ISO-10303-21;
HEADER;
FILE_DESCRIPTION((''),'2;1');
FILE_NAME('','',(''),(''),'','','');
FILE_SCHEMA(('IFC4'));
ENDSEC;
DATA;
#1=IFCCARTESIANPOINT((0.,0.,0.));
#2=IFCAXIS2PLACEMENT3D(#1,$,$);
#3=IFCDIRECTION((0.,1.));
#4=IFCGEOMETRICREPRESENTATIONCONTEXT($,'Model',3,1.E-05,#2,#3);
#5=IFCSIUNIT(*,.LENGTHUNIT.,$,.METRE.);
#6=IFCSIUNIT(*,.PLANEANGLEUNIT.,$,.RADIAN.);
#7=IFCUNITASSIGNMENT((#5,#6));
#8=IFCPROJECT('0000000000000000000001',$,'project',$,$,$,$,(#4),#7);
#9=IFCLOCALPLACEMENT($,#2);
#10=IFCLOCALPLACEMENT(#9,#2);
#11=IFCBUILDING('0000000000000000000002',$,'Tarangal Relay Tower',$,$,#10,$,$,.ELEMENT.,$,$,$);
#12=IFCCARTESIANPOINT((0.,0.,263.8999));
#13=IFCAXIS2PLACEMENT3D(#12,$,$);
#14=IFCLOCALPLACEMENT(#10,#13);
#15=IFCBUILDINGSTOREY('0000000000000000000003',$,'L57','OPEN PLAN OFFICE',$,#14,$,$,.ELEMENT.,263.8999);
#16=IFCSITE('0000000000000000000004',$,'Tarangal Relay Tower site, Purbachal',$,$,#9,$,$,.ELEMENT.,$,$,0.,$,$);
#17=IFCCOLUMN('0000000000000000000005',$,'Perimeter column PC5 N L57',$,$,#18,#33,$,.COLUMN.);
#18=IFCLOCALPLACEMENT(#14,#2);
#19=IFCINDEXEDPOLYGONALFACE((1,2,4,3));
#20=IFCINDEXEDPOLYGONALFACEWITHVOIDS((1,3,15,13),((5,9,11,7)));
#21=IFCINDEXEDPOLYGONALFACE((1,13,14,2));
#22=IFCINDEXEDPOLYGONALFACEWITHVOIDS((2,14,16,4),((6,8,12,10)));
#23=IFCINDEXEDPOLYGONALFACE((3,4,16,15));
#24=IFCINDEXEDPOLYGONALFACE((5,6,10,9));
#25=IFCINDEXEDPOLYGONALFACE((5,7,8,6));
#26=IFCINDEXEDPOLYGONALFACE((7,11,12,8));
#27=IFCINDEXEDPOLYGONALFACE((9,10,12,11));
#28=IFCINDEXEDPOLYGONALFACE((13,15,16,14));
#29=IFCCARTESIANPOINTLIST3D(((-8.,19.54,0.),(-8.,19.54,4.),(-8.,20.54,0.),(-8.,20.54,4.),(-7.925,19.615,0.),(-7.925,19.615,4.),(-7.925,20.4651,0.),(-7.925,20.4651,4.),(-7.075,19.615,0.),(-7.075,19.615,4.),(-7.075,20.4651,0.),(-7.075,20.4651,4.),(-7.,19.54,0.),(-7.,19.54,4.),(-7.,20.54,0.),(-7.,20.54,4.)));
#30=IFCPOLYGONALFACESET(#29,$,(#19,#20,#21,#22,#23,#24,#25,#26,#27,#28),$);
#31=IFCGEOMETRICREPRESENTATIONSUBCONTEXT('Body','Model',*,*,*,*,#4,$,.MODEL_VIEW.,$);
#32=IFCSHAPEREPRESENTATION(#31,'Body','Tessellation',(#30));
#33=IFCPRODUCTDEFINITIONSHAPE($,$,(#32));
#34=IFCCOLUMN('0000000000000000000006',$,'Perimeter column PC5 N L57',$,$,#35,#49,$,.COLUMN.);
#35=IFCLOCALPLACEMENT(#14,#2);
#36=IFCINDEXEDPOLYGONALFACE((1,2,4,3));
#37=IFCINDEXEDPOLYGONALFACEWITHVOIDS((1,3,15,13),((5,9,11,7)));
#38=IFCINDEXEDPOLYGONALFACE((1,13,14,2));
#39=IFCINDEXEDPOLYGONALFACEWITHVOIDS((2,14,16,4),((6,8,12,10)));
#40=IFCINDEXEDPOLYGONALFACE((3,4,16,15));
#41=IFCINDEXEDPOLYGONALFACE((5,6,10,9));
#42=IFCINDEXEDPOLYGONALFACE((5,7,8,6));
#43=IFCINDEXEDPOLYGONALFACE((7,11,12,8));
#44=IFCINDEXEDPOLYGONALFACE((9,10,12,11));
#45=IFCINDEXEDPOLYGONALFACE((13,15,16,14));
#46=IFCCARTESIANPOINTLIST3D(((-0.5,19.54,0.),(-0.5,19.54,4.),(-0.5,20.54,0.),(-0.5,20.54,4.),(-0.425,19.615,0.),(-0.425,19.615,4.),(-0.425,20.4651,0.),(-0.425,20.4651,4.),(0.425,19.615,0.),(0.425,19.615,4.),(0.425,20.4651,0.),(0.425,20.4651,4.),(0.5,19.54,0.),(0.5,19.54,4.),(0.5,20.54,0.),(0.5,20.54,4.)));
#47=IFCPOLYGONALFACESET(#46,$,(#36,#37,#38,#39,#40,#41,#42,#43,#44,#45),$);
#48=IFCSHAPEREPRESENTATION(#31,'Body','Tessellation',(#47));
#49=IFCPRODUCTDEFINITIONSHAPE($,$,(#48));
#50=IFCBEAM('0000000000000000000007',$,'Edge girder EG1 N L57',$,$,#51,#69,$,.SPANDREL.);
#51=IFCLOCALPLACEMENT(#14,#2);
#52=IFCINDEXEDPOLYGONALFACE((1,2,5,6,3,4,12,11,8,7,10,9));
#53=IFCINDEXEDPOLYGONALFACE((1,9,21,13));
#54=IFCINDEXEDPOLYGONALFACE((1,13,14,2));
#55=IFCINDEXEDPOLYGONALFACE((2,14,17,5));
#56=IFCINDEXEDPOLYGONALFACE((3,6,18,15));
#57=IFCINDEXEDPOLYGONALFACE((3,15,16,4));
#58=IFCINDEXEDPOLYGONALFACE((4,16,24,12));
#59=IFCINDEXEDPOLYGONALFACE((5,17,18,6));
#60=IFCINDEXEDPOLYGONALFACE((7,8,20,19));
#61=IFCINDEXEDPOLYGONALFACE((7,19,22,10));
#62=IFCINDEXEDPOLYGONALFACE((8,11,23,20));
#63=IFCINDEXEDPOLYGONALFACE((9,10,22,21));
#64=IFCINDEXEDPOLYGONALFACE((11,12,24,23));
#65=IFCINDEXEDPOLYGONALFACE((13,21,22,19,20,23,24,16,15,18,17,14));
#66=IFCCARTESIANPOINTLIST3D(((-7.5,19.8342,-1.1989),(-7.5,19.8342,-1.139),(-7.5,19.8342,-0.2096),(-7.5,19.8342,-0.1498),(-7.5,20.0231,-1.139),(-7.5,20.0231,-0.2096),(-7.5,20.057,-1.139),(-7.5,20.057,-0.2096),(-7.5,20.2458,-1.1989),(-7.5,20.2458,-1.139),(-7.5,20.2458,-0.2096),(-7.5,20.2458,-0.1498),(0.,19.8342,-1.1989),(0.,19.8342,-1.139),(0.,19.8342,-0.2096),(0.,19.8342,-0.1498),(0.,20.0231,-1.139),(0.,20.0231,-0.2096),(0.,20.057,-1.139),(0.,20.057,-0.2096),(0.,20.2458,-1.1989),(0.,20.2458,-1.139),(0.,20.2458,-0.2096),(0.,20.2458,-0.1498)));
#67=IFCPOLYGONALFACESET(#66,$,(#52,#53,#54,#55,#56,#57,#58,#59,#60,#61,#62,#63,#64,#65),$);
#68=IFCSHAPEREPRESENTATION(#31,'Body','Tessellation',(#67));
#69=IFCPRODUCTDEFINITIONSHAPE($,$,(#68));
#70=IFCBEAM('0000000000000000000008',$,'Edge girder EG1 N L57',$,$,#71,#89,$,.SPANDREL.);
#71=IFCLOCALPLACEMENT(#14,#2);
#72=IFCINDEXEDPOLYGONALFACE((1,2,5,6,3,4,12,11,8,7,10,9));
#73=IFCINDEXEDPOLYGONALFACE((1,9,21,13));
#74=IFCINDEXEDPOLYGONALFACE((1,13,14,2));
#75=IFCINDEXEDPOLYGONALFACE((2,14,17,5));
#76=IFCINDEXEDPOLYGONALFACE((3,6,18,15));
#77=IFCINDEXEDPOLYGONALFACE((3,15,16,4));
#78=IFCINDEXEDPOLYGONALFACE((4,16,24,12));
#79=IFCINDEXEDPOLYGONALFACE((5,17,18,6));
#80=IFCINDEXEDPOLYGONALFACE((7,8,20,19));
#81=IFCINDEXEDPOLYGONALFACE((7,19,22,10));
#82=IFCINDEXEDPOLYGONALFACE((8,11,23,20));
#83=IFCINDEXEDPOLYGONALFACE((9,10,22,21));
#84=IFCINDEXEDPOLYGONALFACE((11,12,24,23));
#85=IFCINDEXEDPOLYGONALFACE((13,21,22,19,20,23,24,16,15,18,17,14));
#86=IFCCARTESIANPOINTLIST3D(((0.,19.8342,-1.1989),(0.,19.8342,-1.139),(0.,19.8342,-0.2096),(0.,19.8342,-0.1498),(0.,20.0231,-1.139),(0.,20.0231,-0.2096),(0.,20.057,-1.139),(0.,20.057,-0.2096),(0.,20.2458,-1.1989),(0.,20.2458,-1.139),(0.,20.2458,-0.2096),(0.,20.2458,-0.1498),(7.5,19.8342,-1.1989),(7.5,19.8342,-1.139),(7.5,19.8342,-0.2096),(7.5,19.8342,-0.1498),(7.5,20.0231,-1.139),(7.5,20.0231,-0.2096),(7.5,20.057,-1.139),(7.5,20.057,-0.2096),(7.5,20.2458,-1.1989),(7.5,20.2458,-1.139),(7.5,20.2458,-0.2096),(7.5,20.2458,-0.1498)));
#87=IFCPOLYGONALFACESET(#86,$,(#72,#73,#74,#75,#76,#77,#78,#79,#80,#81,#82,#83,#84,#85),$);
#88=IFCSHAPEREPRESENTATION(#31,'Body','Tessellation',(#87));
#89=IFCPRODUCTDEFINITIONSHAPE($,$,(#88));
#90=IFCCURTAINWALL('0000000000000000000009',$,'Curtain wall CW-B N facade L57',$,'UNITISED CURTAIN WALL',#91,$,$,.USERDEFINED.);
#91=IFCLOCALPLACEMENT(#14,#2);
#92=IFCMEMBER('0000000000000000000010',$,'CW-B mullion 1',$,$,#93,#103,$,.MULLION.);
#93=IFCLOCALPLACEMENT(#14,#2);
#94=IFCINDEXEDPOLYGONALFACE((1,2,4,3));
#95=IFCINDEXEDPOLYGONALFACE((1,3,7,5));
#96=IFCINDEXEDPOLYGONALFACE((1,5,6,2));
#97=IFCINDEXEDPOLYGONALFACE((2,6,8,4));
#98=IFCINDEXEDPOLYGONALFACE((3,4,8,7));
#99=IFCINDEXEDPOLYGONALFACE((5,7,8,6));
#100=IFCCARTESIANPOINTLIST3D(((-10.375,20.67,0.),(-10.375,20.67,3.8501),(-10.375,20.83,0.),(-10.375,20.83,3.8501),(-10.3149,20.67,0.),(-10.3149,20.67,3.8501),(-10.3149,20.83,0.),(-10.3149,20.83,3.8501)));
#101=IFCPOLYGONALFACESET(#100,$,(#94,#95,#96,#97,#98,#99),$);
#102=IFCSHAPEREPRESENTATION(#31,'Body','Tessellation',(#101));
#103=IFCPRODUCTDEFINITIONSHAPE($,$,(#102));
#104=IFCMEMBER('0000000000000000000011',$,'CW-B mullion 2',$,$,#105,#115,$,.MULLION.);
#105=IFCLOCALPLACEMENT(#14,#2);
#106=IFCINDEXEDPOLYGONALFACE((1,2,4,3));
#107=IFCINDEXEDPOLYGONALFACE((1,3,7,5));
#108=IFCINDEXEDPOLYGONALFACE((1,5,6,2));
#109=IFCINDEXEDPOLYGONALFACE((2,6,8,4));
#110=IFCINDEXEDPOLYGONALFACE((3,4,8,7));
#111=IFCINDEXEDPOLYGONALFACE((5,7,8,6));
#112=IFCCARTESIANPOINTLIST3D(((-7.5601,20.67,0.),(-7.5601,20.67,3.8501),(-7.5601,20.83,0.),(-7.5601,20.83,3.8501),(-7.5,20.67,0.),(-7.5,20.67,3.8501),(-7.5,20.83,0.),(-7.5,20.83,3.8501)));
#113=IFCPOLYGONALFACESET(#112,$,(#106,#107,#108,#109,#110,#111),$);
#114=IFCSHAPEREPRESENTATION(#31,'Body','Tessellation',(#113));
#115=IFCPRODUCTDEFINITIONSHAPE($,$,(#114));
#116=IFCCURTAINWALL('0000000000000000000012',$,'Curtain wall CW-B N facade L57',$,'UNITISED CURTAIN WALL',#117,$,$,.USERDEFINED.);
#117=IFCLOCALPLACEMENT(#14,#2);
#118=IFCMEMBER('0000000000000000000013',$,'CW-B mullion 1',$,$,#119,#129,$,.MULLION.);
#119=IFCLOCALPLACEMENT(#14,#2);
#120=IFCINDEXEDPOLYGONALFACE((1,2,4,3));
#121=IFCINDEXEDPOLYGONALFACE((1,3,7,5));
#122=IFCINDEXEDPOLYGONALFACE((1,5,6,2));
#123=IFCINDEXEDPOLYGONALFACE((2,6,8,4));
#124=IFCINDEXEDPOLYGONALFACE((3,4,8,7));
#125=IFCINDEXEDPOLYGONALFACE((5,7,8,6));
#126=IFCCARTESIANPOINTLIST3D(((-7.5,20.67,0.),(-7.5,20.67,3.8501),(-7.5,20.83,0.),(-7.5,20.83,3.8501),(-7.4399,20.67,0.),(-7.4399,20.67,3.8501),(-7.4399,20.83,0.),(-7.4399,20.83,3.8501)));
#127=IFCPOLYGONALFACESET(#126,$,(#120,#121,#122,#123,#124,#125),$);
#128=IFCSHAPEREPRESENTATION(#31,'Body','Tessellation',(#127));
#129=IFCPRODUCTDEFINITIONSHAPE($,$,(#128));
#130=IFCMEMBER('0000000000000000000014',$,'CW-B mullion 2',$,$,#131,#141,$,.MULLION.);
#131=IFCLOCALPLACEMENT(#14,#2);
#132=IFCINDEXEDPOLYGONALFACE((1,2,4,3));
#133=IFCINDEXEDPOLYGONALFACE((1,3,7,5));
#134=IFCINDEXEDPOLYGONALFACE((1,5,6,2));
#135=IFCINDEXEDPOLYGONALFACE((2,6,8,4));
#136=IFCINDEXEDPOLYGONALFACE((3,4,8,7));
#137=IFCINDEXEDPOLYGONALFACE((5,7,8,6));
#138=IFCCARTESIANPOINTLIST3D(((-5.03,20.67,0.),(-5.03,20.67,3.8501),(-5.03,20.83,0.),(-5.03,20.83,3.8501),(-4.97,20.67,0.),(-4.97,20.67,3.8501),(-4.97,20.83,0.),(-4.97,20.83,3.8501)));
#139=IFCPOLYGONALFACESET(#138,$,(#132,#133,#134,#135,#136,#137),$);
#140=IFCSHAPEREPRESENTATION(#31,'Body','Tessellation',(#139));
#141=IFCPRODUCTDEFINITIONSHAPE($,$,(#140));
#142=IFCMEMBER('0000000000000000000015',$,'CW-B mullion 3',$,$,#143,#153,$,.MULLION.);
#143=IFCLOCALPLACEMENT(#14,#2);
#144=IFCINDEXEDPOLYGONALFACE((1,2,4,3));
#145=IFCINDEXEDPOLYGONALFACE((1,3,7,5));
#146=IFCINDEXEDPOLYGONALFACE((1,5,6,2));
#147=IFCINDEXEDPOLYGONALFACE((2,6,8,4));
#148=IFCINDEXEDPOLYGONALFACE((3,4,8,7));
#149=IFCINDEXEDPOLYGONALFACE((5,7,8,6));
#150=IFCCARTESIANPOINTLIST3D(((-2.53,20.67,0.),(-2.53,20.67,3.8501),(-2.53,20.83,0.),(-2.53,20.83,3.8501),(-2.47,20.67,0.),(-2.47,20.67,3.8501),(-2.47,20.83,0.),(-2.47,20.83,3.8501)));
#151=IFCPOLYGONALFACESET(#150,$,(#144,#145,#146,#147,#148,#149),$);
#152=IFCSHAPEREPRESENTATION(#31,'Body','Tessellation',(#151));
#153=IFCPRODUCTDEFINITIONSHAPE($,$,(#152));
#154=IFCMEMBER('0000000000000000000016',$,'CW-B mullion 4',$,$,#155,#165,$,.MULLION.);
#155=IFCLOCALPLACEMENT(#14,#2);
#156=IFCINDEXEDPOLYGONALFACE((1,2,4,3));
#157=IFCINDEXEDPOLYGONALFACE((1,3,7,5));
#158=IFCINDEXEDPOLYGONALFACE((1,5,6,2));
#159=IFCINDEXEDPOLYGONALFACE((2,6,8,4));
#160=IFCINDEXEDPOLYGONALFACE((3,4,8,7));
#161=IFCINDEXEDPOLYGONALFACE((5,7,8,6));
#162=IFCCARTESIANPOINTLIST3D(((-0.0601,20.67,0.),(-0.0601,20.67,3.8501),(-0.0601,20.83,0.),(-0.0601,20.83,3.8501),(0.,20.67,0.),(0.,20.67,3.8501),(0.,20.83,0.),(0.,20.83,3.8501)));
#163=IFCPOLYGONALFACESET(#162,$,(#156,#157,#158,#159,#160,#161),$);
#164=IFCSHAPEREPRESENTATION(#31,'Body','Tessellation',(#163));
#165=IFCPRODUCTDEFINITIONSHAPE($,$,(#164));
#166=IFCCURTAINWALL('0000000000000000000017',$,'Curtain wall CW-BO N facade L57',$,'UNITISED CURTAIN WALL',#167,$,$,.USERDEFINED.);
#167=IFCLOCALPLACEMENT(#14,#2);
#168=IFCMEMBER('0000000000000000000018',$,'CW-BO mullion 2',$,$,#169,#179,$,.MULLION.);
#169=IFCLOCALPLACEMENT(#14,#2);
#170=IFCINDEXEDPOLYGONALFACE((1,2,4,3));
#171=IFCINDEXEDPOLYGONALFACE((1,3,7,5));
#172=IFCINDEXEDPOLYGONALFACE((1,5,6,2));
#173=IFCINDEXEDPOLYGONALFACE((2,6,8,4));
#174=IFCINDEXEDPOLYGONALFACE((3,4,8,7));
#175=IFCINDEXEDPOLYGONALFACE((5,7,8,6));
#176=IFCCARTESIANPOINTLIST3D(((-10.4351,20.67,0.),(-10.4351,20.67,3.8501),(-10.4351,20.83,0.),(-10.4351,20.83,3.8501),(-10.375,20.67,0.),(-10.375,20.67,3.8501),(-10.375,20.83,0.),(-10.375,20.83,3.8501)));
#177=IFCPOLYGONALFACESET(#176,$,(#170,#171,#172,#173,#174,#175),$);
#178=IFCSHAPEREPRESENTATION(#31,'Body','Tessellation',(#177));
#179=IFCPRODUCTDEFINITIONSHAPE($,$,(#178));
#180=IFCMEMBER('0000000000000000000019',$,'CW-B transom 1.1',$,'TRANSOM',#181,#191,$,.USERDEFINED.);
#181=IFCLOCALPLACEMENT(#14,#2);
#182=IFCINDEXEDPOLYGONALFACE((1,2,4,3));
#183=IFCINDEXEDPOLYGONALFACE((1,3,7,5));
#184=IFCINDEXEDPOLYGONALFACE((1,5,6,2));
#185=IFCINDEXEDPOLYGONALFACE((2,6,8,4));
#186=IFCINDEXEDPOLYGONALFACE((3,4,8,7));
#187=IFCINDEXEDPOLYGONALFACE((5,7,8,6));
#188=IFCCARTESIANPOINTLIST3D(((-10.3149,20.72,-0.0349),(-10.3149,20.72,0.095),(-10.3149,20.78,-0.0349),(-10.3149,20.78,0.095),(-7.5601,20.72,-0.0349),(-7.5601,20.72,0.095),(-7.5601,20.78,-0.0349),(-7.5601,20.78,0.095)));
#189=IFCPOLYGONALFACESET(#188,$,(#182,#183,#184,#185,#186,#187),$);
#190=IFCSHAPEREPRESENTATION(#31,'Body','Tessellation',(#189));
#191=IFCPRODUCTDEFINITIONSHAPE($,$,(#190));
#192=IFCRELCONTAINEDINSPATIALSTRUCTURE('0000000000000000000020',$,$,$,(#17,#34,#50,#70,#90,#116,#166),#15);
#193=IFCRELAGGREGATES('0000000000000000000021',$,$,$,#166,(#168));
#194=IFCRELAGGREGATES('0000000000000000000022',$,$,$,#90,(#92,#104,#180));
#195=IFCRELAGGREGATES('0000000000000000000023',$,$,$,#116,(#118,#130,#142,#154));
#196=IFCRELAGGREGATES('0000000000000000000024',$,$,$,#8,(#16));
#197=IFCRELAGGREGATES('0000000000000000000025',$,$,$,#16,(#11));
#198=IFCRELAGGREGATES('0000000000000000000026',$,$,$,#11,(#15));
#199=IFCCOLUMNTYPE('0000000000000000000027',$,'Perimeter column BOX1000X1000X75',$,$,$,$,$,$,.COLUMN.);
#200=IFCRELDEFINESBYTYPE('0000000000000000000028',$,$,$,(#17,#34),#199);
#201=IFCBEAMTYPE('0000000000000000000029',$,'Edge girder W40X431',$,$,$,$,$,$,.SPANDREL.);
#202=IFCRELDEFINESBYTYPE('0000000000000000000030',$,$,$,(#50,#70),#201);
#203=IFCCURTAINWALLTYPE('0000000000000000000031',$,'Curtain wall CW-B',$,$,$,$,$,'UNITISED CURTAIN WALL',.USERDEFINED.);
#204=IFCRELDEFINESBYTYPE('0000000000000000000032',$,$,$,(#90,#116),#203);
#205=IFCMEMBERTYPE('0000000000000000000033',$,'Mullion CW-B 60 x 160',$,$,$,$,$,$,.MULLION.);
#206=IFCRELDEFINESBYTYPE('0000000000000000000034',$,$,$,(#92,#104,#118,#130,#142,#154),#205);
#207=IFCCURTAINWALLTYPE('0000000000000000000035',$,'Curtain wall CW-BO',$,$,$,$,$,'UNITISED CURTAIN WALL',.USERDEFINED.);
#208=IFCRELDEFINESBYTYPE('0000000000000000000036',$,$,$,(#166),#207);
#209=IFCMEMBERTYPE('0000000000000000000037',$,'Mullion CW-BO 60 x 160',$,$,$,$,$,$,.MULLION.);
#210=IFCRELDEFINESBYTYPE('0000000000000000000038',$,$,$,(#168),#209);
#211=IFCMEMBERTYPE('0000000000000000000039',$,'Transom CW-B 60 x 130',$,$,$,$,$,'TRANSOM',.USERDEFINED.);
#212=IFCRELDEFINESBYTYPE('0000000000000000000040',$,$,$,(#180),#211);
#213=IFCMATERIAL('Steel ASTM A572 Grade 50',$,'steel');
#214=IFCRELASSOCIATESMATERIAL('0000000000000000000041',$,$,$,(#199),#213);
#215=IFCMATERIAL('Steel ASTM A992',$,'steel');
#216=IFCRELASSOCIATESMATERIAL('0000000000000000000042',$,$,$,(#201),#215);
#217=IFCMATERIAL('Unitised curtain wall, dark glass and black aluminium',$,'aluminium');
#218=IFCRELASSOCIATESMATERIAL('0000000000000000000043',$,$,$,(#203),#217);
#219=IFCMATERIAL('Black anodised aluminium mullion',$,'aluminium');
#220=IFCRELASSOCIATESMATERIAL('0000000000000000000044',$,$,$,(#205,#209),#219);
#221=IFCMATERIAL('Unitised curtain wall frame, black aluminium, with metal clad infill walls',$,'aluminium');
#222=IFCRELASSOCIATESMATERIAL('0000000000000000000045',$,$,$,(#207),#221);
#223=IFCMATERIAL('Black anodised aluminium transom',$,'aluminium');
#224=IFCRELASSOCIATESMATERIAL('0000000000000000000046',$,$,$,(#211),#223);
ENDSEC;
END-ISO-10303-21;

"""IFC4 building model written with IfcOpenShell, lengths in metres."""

from ifc_helpers import new_model, si_unit, direction, frame, origin, origin_2d, place, context, subcontext, project, spatial, rectangle, hollow_rectangle, i_section, extrude, material, material_profile, profile_set, type_object, element, aggregate, save


model = new_model("IFC4")

# Units and contexts
model_context = context("Model", 3, precision=1e-05, world=origin(), true_north=direction((0.0, 1.0)))
body_context = subcontext(model_context, "Body", "Model", "MODEL_VIEW")
ifc_project = project(units=[si_unit("LENGTHUNIT", "METRE"), si_unit("PLANEANGLEUNIT", "RADIAN")], contexts=[model_context])

# Site, building, storey
site_placement = place(None, origin())
site = spatial("IfcSite", under=ifc_project, at=site_placement, Name="Tarangal Relay Tower site, Purbachal", CompositionType="ELEMENT", RefElevation=0.0)
building_placement = place(site_placement, origin())
building = spatial("IfcBuilding", under=site, at=building_placement, Name="Tarangal Relay Tower", CompositionType="ELEMENT")
storey_placement = place(building_placement, frame((0.0, 0.0, 263.8999)))
storey = spatial("IfcBuildingStorey", under=building, at=storey_placement, Name="L57", Description="OPEN PLAN OFFICE", CompositionType="ELEMENT", Elevation=263.8999)

# Columns
ifc_material_1 = material(Name="Steel ASTM A572 Grade 50", Category="steel")
ifc_material_profile_1 = material_profile(ifc_material_1, hollow_rectangle(XDim=1.0, YDim=1.0, WallThickness=0.075, at=origin_2d()), Name="BOX1000X1000X75")
ifc_profile_set_1 = profile_set([ifc_material_profile_1], Name="Steel ASTM A572 Grade 50")
column_type = type_object("IfcColumnType", Name="Perimeter column BOX1000X1000X75", PredefinedType="COLUMN", material=ifc_profile_set_1)
for number, where, z_axis, x_axis, name in (
    (1, (-7.5, 20.04, 0.0), (0.0, 0.0, 1.0), (1.0, 0.0, 0.0), "Perimeter column PC5 N L57"),
    (2, (0.0, 20.04, 0.0), (0.0, 0.0, 1.0), (1.0, 0.0, 0.0), "Perimeter column PC5 N L57"),
):
    element("IfcColumn", number, at=place(storey_placement, frame(where, z_axis=z_axis, x_axis=x_axis)), inside=storey, type_object=column_type, Name=name, PredefinedType="COLUMN", context=body_context, shape_type="SweptSolid", body=[
        extrude(hollow_rectangle(XDim=1.0, YDim=1.0, WallThickness=0.075, at=origin_2d()), origin(), (0.0, 0.0, 1.0), 4.0),
    ])

# Beams
ifc_material_2 = material(Name="Steel ASTM A992", Category="steel")
ifc_material_profile_2 = material_profile(ifc_material_2, i_section(OverallWidth=0.4116, OverallDepth=1.0491, WebThickness=0.0339, FlangeThickness=0.0598, at=origin_2d()), Name="W40X431")
ifc_profile_set_2 = profile_set([ifc_material_profile_2], Name="Steel ASTM A992")
beam_type = type_object("IfcBeamType", Name="Edge girder W40X431", PredefinedType="SPANDREL", material=ifc_profile_set_2)
for number, where, z_axis, x_axis, name in (
    (3, (-7.5, 20.04, -0.6743), (1.0, 0.0, 0.0), (0.0, 1.0, 0.0), "Edge girder EG1 N L57"),
    (4, (0.0, 20.04, -0.6743), (1.0, 0.0, 0.0), (0.0, 1.0, 0.0), "Edge girder EG1 N L57"),
):
    element("IfcBeam", number, at=place(storey_placement, frame(where, z_axis=z_axis, x_axis=x_axis)), inside=storey, type_object=beam_type, Name=name, PredefinedType="SPANDREL", context=body_context, shape_type="SweptSolid", body=[
        extrude(i_section(OverallWidth=0.4116, OverallDepth=1.0491, WebThickness=0.0339, FlangeThickness=0.0598, at=origin_2d()), origin(), (0.0, 0.0, 1.0), 7.5),
    ])

# Curtain walls, members
ifc_material_3 = material(Name="Unitised curtain wall, dark glass and black aluminium", Category="aluminium")
curtain_wall_type_1 = type_object("IfcCurtainWallType", Name="Curtain wall CW-B", ElementType="UNITISED CURTAIN WALL", PredefinedType="USERDEFINED", material=ifc_material_3)
curtain_wall_1_placement = place(storey_placement, origin())
curtain_wall_1 = element("IfcCurtainWall", 5, at=curtain_wall_1_placement, inside=storey, type_object=curtain_wall_type_1, Name="Curtain wall CW-B N facade L57", ObjectType="UNITISED CURTAIN WALL", PredefinedType="USERDEFINED")
ifc_material_4 = material(Name="Black anodised aluminium mullion", Category="aluminium")
ifc_material_profile_3 = material_profile(ifc_material_4, rectangle(XDim=0.1599, YDim=0.0601, at=origin_2d()), Name="CW-BM 60X160")
ifc_profile_set_3 = profile_set([ifc_material_profile_3], Name="Black anodised aluminium mullion")
member_type_1 = type_object("IfcMemberType", Name="Mullion CW-B 60 x 160", PredefinedType="MULLION", material=ifc_profile_set_3)
member_1_placement = place(storey_placement, frame((-10.345, 20.75, 0.0), z_axis=(0.0, 0.0, 1.0), x_axis=(0.0, 1.0, 0.0)))
member_1 = element("IfcMember", 6, at=member_1_placement, type_object=member_type_1, Name="CW-B mullion 1", PredefinedType="MULLION", context=body_context, shape_type="SweptSolid", body=[
    extrude(rectangle(XDim=0.1599, YDim=0.0601, at=origin_2d()), origin(), (0.0, 0.0, 1.0), 3.8501),
])
member_2_placement = place(storey_placement, frame((-7.53, 20.75, 0.0), z_axis=(0.0, 0.0, 1.0), x_axis=(0.0, 1.0, 0.0)))
member_2 = element("IfcMember", 7, at=member_2_placement, type_object=member_type_1, Name="CW-B mullion 2", PredefinedType="MULLION", context=body_context, shape_type="SweptSolid", body=[
    extrude(rectangle(XDim=0.1599, YDim=0.0601, at=origin_2d()), origin(), (0.0, 0.0, 1.0), 3.8501),
])
curtain_wall_2_placement = place(storey_placement, origin())
curtain_wall_2 = element("IfcCurtainWall", 8, at=curtain_wall_2_placement, inside=storey, type_object=curtain_wall_type_1, Name="Curtain wall CW-B N facade L57", ObjectType="UNITISED CURTAIN WALL", PredefinedType="USERDEFINED")
member_3_placement = place(storey_placement, frame((-7.47, 20.75, 0.0), z_axis=(0.0, 0.0, 1.0), x_axis=(0.0, 1.0, 0.0)))
member_3 = element("IfcMember", 9, at=member_3_placement, type_object=member_type_1, Name="CW-B mullion 1", PredefinedType="MULLION", context=body_context, shape_type="SweptSolid", body=[
    extrude(rectangle(XDim=0.1599, YDim=0.0601, at=origin_2d()), origin(), (0.0, 0.0, 1.0), 3.8501),
])
member_4_placement = place(storey_placement, frame((-5.0, 20.75, 0.0), z_axis=(0.0, 0.0, 1.0), x_axis=(0.0, 1.0, 0.0)))
member_4 = element("IfcMember", 10, at=member_4_placement, type_object=member_type_1, Name="CW-B mullion 2", PredefinedType="MULLION", context=body_context, shape_type="SweptSolid", body=[
    extrude(rectangle(XDim=0.1599, YDim=0.0601, at=origin_2d()), origin(), (0.0, 0.0, 1.0), 3.8501),
])
member_5_placement = place(storey_placement, frame((-2.5, 20.75, 0.0), z_axis=(0.0, 0.0, 1.0), x_axis=(0.0, 1.0, 0.0)))
member_5 = element("IfcMember", 11, at=member_5_placement, type_object=member_type_1, Name="CW-B mullion 3", PredefinedType="MULLION", context=body_context, shape_type="SweptSolid", body=[
    extrude(rectangle(XDim=0.1599, YDim=0.0601, at=origin_2d()), origin(), (0.0, 0.0, 1.0), 3.8501),
])
member_6_placement = place(storey_placement, frame((-0.03, 20.75, 0.0), z_axis=(0.0, 0.0, 1.0), x_axis=(0.0, 1.0, 0.0)))
member_6 = element("IfcMember", 12, at=member_6_placement, type_object=member_type_1, Name="CW-B mullion 4", PredefinedType="MULLION", context=body_context, shape_type="SweptSolid", body=[
    extrude(rectangle(XDim=0.1599, YDim=0.0601, at=origin_2d()), origin(), (0.0, 0.0, 1.0), 3.8501),
])

# Curtain wall, member
ifc_material_5 = material(Name="Unitised curtain wall frame, black aluminium, with metal clad infill walls", Category="aluminium")
curtain_wall_type_2 = type_object("IfcCurtainWallType", Name="Curtain wall CW-BO", ElementType="UNITISED CURTAIN WALL", PredefinedType="USERDEFINED", material=ifc_material_5)
curtain_wall_3_placement = place(storey_placement, origin())
curtain_wall_3 = element("IfcCurtainWall", 13, at=curtain_wall_3_placement, inside=storey, type_object=curtain_wall_type_2, Name="Curtain wall CW-BO N facade L57", ObjectType="UNITISED CURTAIN WALL", PredefinedType="USERDEFINED")
ifc_material_profile_4 = material_profile(ifc_material_4, rectangle(XDim=0.1599, YDim=0.0601, at=origin_2d()), Name="CW-BOM 60X160")
ifc_profile_set_4 = profile_set([ifc_material_profile_4], Name="Black anodised aluminium mullion")
member_type_2 = type_object("IfcMemberType", Name="Mullion CW-BO 60 x 160", PredefinedType="MULLION", material=ifc_profile_set_4)
member_7_placement = place(storey_placement, frame((-10.405, 20.75, 0.0), z_axis=(0.0, 0.0, 1.0), x_axis=(0.0, 1.0, 0.0)))
member_7 = element("IfcMember", 14, at=member_7_placement, type_object=member_type_2, Name="CW-BO mullion 2", PredefinedType="MULLION", context=body_context, shape_type="SweptSolid", body=[
    extrude(rectangle(XDim=0.1599, YDim=0.0601, at=origin_2d()), origin(), (0.0, 0.0, 1.0), 3.8501),
])
aggregate(curtain_wall_3, [member_7])

# Member
ifc_material_6 = material(Name="Black anodised aluminium transom", Category="aluminium")
ifc_material_profile_5 = material_profile(ifc_material_6, rectangle(XDim=0.0601, YDim=0.1299, at=origin_2d()), Name="CW-BT 60X130")
ifc_profile_set_5 = profile_set([ifc_material_profile_5], Name="Black anodised aluminium transom")
member_type_3 = type_object("IfcMemberType", Name="Transom CW-B 60 x 130", ElementType="TRANSOM", PredefinedType="USERDEFINED", material=ifc_profile_set_5)
member_8_placement = place(storey_placement, frame((-10.3149, 20.75, 0.03), z_axis=(1.0, 0.0, 0.0), x_axis=(0.0, 1.0, 0.0)))
member_8 = element("IfcMember", 15, at=member_8_placement, type_object=member_type_3, Name="CW-B transom 1.1", ObjectType="TRANSOM", PredefinedType="USERDEFINED", context=body_context, shape_type="SweptSolid", body=[
    extrude(rectangle(XDim=0.0601, YDim=0.1299, at=origin_2d()), origin(), (0.0, 0.0, 1.0), 2.7549),
])

aggregate(curtain_wall_1, [member_1, member_2, member_8])
aggregate(curtain_wall_2, [member_3, member_4, member_5, member_6])

save(model, "model.ifc")
